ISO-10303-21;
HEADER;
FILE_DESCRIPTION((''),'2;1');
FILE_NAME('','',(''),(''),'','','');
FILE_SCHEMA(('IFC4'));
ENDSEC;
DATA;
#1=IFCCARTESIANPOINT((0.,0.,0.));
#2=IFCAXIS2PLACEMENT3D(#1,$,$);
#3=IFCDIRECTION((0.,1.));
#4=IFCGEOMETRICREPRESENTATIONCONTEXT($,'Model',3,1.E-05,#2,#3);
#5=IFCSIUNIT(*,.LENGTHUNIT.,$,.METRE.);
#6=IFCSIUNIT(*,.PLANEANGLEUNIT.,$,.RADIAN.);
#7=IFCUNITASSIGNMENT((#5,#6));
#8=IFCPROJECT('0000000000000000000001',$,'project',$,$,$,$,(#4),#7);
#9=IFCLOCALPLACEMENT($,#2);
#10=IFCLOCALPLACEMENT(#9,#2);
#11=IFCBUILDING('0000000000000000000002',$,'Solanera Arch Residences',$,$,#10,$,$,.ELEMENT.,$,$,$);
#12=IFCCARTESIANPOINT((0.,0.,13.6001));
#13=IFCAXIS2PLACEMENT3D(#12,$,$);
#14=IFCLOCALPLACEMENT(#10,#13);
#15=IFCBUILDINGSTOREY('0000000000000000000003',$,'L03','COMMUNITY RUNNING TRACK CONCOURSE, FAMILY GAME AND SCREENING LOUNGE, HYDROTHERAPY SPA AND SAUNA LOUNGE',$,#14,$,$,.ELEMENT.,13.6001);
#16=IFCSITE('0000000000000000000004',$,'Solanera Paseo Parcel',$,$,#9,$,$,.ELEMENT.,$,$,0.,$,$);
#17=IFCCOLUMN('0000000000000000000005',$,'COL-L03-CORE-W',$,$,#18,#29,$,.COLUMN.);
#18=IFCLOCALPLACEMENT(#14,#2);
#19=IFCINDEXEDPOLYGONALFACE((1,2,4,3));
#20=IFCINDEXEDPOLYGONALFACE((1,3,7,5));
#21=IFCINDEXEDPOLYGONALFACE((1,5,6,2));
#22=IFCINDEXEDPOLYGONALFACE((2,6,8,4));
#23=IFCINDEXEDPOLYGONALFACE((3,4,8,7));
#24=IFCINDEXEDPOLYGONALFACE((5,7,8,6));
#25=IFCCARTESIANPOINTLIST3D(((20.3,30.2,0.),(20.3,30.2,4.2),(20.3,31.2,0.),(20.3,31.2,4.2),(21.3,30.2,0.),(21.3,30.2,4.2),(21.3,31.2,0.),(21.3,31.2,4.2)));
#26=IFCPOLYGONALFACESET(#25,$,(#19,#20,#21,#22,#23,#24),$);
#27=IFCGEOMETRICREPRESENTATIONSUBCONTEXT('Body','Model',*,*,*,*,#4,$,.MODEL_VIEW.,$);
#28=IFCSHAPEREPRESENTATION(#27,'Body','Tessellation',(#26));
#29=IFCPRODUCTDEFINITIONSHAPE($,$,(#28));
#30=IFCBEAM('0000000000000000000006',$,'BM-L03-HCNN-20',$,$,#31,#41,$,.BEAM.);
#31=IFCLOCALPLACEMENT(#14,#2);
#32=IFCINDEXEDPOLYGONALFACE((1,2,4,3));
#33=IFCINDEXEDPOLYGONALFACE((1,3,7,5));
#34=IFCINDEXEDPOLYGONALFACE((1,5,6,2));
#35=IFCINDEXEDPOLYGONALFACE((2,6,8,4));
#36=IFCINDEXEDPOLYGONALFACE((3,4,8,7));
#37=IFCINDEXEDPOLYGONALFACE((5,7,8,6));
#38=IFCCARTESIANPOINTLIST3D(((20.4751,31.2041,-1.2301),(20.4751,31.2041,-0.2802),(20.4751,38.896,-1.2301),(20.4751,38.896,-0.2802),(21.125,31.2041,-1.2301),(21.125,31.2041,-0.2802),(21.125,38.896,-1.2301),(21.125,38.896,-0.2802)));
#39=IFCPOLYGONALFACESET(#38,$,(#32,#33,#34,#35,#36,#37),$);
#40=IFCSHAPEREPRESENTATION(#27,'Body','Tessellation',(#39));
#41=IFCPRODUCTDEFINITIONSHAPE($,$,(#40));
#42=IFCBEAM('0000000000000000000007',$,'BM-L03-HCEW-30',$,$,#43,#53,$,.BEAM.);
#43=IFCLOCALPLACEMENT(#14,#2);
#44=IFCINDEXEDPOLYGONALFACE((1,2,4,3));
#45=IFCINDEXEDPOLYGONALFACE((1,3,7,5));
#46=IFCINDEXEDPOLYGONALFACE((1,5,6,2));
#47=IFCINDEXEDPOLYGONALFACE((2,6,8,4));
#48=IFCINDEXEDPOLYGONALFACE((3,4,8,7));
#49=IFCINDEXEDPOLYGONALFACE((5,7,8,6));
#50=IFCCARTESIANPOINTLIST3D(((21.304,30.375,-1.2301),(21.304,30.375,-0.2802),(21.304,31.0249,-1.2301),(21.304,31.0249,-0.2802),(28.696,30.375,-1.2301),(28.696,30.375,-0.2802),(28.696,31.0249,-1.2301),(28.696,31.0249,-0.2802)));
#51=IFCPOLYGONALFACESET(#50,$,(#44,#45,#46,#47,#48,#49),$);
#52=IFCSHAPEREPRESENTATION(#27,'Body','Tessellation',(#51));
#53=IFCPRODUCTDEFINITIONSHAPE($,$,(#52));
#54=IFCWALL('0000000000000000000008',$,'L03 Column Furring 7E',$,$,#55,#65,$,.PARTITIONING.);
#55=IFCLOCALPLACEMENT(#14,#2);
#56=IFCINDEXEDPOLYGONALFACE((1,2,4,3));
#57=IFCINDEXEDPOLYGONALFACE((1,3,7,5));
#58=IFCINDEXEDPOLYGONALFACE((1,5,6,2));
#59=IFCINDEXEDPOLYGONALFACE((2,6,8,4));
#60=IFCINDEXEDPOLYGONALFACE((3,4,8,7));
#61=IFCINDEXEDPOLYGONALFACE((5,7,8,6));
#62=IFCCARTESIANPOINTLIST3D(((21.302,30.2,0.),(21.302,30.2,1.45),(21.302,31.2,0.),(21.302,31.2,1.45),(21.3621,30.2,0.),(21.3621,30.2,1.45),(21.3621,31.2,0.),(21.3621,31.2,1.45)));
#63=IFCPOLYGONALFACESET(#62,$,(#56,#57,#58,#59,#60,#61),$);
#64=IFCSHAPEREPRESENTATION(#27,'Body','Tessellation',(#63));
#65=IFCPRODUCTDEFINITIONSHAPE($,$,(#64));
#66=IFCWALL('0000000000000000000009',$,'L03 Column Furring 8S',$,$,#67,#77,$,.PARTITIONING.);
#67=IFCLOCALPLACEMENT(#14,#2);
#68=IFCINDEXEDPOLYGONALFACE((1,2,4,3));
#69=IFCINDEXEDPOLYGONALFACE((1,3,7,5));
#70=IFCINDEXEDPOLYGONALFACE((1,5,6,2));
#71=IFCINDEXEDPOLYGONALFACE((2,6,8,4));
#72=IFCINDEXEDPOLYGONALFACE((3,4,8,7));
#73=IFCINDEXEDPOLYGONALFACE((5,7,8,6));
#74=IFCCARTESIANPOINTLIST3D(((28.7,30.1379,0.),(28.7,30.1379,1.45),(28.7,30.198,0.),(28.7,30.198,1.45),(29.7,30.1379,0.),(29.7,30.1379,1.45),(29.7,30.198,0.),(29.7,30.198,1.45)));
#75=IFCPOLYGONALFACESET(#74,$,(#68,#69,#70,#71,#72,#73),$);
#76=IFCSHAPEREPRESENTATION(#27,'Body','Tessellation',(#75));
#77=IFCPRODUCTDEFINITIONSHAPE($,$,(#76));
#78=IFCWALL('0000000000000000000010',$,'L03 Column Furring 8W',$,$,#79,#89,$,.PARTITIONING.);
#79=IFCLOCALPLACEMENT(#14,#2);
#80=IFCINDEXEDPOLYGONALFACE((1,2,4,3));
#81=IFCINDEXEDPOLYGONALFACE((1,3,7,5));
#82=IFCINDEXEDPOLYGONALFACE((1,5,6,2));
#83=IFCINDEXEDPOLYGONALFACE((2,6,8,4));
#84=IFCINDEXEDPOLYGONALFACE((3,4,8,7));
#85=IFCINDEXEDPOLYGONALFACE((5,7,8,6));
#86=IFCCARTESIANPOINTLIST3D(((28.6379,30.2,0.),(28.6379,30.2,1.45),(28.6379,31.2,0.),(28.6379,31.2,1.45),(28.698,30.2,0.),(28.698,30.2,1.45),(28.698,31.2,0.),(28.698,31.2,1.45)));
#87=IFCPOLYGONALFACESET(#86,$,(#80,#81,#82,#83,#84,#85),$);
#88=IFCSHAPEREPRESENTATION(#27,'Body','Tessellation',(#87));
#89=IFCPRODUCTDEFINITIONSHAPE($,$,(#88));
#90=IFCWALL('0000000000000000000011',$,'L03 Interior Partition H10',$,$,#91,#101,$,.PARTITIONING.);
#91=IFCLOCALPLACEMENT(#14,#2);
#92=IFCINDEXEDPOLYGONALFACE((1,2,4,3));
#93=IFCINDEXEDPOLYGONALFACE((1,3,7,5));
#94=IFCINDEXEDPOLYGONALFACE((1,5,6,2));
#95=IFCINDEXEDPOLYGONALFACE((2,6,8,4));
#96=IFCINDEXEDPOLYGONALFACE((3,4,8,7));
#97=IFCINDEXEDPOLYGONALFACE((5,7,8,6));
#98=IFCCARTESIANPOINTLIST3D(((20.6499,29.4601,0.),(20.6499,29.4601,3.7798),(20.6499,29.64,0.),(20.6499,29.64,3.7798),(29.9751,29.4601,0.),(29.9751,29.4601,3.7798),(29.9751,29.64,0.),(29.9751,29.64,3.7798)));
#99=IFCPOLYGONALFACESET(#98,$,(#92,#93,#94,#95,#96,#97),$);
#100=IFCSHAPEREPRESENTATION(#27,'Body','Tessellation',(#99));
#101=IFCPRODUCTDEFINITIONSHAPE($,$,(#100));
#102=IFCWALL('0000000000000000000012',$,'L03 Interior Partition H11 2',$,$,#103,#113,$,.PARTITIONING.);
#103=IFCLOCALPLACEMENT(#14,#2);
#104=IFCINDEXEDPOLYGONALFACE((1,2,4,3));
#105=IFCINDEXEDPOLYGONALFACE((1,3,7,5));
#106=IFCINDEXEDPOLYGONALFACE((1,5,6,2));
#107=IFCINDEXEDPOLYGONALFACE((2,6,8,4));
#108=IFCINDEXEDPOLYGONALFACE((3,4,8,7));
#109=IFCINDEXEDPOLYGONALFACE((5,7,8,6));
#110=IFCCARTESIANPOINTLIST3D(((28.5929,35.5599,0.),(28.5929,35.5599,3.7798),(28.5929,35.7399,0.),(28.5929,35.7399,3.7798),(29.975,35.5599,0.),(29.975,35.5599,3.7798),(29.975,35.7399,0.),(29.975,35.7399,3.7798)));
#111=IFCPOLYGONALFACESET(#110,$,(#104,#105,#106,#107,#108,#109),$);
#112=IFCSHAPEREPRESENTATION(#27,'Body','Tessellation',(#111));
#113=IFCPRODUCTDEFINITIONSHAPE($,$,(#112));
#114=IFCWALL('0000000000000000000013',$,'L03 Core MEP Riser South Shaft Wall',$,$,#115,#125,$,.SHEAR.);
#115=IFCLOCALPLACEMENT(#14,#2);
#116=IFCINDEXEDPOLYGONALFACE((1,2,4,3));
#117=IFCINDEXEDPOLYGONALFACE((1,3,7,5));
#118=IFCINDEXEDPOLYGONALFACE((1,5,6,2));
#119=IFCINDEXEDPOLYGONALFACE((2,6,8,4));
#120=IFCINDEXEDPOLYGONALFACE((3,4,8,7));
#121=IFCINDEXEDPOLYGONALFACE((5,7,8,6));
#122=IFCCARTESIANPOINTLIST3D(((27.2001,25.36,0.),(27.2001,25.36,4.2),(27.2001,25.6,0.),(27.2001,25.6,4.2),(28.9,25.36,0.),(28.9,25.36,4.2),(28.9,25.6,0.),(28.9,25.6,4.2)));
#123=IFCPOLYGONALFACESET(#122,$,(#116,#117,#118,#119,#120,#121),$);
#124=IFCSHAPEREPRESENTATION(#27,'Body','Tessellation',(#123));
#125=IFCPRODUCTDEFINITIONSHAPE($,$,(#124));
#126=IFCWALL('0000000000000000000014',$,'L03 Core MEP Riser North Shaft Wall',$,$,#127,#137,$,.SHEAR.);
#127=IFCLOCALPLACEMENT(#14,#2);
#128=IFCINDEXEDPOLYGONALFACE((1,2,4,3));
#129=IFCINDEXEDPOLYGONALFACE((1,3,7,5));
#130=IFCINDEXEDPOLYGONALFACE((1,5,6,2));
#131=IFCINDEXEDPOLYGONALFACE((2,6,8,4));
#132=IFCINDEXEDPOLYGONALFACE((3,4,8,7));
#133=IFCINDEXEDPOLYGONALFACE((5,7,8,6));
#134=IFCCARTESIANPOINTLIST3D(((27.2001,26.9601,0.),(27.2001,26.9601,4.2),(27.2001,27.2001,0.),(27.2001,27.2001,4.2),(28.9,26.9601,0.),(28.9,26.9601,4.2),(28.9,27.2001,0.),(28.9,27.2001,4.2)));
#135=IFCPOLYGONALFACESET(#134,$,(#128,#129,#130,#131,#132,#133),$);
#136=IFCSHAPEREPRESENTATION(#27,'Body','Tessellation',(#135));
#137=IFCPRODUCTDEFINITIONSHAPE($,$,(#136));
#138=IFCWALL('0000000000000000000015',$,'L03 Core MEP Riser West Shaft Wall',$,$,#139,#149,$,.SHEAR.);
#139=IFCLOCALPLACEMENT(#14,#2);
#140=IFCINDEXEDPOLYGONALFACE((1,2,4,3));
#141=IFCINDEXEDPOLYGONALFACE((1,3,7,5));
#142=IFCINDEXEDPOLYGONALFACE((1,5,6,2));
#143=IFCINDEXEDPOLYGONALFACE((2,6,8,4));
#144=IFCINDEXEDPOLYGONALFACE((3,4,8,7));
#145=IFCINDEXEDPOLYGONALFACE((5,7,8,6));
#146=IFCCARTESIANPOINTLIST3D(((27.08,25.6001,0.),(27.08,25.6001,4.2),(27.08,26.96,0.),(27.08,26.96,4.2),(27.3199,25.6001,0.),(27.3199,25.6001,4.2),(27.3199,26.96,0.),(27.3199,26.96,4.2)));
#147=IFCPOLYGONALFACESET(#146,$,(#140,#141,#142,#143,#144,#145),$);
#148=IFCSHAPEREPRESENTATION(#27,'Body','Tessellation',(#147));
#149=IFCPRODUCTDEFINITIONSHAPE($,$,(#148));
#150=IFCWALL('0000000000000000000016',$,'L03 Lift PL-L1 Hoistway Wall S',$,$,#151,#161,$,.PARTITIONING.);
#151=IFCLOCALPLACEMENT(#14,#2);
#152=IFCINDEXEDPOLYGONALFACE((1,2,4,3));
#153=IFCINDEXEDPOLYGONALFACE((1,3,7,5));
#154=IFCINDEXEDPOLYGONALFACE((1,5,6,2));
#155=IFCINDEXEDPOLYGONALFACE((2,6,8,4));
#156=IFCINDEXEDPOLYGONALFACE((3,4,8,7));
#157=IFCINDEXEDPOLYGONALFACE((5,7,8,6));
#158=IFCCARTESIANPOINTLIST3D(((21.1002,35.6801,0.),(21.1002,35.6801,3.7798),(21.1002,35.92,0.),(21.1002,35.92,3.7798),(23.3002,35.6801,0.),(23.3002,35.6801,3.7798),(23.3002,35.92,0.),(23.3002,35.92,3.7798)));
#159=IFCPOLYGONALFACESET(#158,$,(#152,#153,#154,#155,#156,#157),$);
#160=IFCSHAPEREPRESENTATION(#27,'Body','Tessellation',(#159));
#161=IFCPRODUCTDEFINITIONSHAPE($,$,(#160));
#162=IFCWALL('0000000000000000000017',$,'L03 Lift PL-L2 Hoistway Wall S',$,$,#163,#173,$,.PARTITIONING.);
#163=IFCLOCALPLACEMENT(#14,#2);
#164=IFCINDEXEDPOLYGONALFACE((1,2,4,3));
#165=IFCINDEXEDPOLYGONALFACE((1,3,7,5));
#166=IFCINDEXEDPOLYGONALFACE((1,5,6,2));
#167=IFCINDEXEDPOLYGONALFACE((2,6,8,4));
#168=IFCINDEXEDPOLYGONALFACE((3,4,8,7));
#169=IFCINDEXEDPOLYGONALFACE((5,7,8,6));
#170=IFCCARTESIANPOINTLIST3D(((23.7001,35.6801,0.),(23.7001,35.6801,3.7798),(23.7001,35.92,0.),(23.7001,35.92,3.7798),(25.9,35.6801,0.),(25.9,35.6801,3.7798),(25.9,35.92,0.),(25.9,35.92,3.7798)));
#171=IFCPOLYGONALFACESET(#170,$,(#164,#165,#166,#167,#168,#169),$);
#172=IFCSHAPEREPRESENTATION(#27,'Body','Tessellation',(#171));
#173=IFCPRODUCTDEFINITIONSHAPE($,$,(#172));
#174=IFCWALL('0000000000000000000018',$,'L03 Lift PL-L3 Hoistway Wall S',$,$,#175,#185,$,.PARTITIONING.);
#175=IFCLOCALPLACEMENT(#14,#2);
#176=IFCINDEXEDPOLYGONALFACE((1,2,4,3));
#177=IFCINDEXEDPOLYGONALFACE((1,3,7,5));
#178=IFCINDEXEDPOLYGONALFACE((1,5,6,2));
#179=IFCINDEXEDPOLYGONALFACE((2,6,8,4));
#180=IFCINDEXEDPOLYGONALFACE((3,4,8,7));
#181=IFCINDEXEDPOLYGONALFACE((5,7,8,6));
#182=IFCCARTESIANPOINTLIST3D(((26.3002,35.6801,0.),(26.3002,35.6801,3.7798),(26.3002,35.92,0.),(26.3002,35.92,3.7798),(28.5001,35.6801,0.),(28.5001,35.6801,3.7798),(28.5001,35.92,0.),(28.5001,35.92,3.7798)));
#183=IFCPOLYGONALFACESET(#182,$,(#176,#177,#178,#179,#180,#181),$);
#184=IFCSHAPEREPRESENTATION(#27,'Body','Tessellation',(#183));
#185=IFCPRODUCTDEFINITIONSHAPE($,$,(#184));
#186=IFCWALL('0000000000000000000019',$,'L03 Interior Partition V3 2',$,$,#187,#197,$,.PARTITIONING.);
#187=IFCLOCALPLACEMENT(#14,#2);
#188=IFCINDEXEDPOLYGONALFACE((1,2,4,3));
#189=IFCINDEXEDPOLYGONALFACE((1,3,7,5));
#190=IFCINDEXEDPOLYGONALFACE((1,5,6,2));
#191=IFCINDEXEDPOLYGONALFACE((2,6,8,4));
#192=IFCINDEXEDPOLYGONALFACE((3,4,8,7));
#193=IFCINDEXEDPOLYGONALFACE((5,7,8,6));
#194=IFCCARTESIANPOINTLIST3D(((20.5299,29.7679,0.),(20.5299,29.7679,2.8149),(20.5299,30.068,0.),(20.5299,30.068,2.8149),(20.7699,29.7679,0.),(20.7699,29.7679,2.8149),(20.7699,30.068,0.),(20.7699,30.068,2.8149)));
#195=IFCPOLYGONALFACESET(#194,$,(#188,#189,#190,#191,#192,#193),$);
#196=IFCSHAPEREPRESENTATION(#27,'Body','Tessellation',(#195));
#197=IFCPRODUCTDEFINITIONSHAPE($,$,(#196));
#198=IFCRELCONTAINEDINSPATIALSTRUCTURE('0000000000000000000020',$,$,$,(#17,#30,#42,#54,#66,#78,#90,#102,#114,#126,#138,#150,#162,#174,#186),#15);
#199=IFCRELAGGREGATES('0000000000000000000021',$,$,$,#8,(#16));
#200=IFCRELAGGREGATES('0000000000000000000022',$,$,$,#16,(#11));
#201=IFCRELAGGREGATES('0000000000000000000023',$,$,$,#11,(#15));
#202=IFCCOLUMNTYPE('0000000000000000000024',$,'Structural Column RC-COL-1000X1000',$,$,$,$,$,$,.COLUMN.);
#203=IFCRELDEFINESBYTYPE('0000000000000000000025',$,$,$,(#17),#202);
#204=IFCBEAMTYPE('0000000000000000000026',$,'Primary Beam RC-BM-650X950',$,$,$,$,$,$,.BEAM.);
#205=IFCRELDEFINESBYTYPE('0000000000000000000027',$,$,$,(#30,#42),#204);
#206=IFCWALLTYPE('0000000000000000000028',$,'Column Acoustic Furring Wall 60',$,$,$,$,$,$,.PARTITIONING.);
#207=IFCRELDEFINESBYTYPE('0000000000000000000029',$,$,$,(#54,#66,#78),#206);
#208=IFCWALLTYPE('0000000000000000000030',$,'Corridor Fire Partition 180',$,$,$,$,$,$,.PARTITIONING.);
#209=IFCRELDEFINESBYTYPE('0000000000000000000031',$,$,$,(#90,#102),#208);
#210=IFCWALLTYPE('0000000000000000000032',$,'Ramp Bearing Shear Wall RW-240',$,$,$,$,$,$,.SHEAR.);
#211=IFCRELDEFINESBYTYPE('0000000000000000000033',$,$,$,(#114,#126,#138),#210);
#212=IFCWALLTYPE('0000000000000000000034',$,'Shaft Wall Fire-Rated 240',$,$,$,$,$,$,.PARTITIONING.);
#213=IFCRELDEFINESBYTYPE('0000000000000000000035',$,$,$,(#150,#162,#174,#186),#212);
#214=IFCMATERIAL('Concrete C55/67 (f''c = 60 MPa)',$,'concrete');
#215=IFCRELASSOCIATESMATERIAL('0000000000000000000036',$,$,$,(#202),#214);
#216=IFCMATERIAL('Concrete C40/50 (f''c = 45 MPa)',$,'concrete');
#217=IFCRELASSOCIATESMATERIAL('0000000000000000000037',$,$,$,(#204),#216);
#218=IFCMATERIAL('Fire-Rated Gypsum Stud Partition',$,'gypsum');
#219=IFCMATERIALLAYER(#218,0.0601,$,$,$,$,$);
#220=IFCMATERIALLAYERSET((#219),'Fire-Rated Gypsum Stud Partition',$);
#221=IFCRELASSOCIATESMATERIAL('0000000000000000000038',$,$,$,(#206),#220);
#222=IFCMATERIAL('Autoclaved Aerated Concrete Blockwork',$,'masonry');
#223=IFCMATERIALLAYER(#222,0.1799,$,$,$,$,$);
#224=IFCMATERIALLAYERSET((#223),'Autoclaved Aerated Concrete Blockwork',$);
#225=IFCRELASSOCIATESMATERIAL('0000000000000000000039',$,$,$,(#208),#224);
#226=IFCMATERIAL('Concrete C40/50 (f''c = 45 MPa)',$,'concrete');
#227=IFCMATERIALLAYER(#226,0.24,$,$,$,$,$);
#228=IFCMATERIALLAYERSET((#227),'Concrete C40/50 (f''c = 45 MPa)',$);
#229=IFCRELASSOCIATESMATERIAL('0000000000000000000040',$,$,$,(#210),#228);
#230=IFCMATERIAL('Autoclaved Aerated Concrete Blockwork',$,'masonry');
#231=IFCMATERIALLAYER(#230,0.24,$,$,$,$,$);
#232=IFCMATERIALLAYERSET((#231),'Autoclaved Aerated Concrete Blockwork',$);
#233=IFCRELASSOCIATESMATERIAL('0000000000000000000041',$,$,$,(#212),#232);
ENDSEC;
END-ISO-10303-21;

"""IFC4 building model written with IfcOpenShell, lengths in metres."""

from ifc_helpers import new_model, si_unit, direction, frame, frame_2d, origin, origin_2d, place, context, subcontext, project, spatial, rectangle, extrude, material, layer, layer_set, material_profile, profile_set, type_object, element, save


model = new_model("IFC4")

# Units and contexts
model_context = context("Model", 3, precision=1e-05, world=origin(), true_north=direction((0.0, 1.0)))
body_context = subcontext(model_context, "Body", "Model", "MODEL_VIEW")
ifc_project = project(units=[si_unit("LENGTHUNIT", "METRE"), si_unit("PLANEANGLEUNIT", "RADIAN")], contexts=[model_context])

# Site, building, storey
site_placement = place(None, origin())
site = spatial("IfcSite", under=ifc_project, at=site_placement, Name="Solanera Paseo Parcel", CompositionType="ELEMENT", RefElevation=0.0)
building_placement = place(site_placement, origin())
building = spatial("IfcBuilding", under=site, at=building_placement, Name="Solanera Arch Residences", CompositionType="ELEMENT")
storey_placement = place(building_placement, frame((0.0, 0.0, 13.6001)))
storey = spatial("IfcBuildingStorey", under=building, at=storey_placement, Name="L03", Description="COMMUNITY RUNNING TRACK CONCOURSE, FAMILY GAME AND SCREENING LOUNGE, HYDROTHERAPY SPA AND SAUNA LOUNGE", CompositionType="ELEMENT", Elevation=13.6001)

# Column
ifc_material_1 = material(Name="Concrete C55/67 (f'c = 60 MPa)", Category="concrete")
ifc_material_profile_1 = material_profile(ifc_material_1, rectangle(XDim=1.0, YDim=1.0, at=origin_2d()))
ifc_profile_set_1 = profile_set([ifc_material_profile_1], Name="Concrete C55/67 (f'c = 60 MPa)")
column_type = type_object("IfcColumnType", Name="Structural Column RC-COL-1000X1000", PredefinedType="COLUMN", material=ifc_profile_set_1)
column_placement = place(storey_placement, frame((20.8, 30.7, 0.0), z_axis=(0.0, 0.0, 1.0), x_axis=(1.0, 0.0, 0.0)))
element("IfcColumn", 1, at=column_placement, inside=storey, type_object=column_type, Name="COL-L03-CORE-W", PredefinedType="COLUMN", context=body_context, shape_type="SweptSolid", body=[
    extrude(rectangle(XDim=1.0, YDim=1.0, at=origin_2d()), origin(), (0.0, 0.0, 1.0), 4.2),
])

# Beams
ifc_material_2 = material(Name="Concrete C40/50 (f'c = 45 MPa)", Category="concrete")
ifc_material_profile_2 = material_profile(ifc_material_2, rectangle(XDim=0.6499, YDim=0.95, at=origin_2d()))
ifc_profile_set_2 = profile_set([ifc_material_profile_2], Name="Concrete C40/50 (f'c = 45 MPa)")
beam_type = type_object("IfcBeamType", Name="Primary Beam RC-BM-650X950", PredefinedType="BEAM", material=ifc_profile_set_2)
beam_1_placement = place(storey_placement, frame((20.8, 31.2041, -0.7551), z_axis=(0.0, 1.0, 0.0), x_axis=(-1.0, 0.0, 0.0)))
element("IfcBeam", 2, at=beam_1_placement, inside=storey, type_object=beam_type, Name="BM-L03-HCNN-20", PredefinedType="BEAM", context=body_context, shape_type="SweptSolid", body=[
    extrude(rectangle(XDim=0.6499, YDim=0.95, at=origin_2d()), origin(), (0.0, 0.0, 1.0), 7.6919),
])
beam_2_placement = place(storey_placement, frame((21.304, 30.7, -0.7551), z_axis=(1.0, 0.0, 0.0), x_axis=(0.0, 1.0, 0.0)))
element("IfcBeam", 3, at=beam_2_placement, inside=storey, type_object=beam_type, Name="BM-L03-HCEW-30", PredefinedType="BEAM", context=body_context, shape_type="SweptSolid", body=[
    extrude(rectangle(XDim=0.6499, YDim=0.95, at=origin_2d()), origin(), (0.0, 0.0, 1.0), 7.3921),
])

# Walls
ifc_material_3 = material(Name="Fire-Rated Gypsum Stud Partition", Category="gypsum")
ifc_layer_1 = layer(ifc_material_3, 0.0601)
ifc_layer_set_1 = layer_set([ifc_layer_1], Name="Fire-Rated Gypsum Stud Partition")
wall_type_1 = type_object("IfcWallType", Name="Column Acoustic Furring Wall 60", PredefinedType="PARTITIONING", material=ifc_layer_set_1)
for number, where, z_axis, x_axis, name in (
    (4, (21.332, 30.2, 0.0), (0.0, 0.0, 1.0), (0.0, 1.0, 0.0), "L03 Column Furring 7E"),
    (5, (28.7, 30.168, 0.0), (0.0, 0.0, 1.0), (1.0, 0.0, 0.0), "L03 Column Furring 8S"),
    (6, (28.668, 30.2, 0.0), (0.0, 0.0, 1.0), (0.0, 1.0, 0.0), "L03 Column Furring 8W"),
):
    element("IfcWall", number, at=place(storey_placement, frame(where, z_axis=z_axis, x_axis=x_axis)), inside=storey, type_object=wall_type_1, Name=name, PredefinedType="PARTITIONING", context=body_context, shape_type="SweptSolid", body=[
        extrude(rectangle(XDim=1.0, YDim=0.0601, at=frame_2d((0.5, 0.0))), origin(), (0.0, 0.0, 1.0), 1.45),
    ])
ifc_material_4 = material(Name="Autoclaved Aerated Concrete Blockwork", Category="masonry")
ifc_layer_2 = layer(ifc_material_4, 0.1799)
ifc_layer_set_2 = layer_set([ifc_layer_2], Name="Autoclaved Aerated Concrete Blockwork")
wall_type_2 = type_object("IfcWallType", Name="Corridor Fire Partition 180", PredefinedType="PARTITIONING", material=ifc_layer_set_2)
wall_1_placement = place(storey_placement, frame((20.6499, 29.55, 0.0), z_axis=(0.0, 0.0, 1.0), x_axis=(1.0, 0.0, 0.0)))
element("IfcWall", 7, at=wall_1_placement, inside=storey, type_object=wall_type_2, Name="L03 Interior Partition H10", PredefinedType="PARTITIONING", context=body_context, shape_type="SweptSolid", body=[
    extrude(rectangle(XDim=9.3252, YDim=0.1799, at=frame_2d((4.6626, 0.0))), origin(), (0.0, 0.0, 1.0), 3.7798),
])
wall_2_placement = place(storey_placement, frame((28.593, 35.6499, 0.0), z_axis=(0.0, 0.0, 1.0), x_axis=(1.0, 0.0, 0.0)))
element("IfcWall", 8, at=wall_2_placement, inside=storey, type_object=wall_type_2, Name="L03 Interior Partition H11 2", PredefinedType="PARTITIONING", context=body_context, shape_type="SweptSolid", body=[
    extrude(rectangle(XDim=1.3821, YDim=0.1799, at=frame_2d((0.6909, 0.0))), origin(), (0.0, 0.0, 1.0), 3.7798),
])
ifc_material_5 = material(Name="Concrete C40/50 (f'c = 45 MPa)", Category="concrete")
ifc_layer_3 = layer(ifc_material_5, 0.24)
ifc_layer_set_3 = layer_set([ifc_layer_3], Name="Concrete C40/50 (f'c = 45 MPa)")
wall_type_3 = type_object("IfcWallType", Name="Ramp Bearing Shear Wall RW-240", PredefinedType="SHEAR", material=ifc_layer_set_3)
for number, where, z_axis, x_axis, name in (
    (9, (27.2, 25.48, 0.0), (0.0, 0.0, 1.0), (1.0, 0.0, 0.0), "L03 Core MEP Riser South Shaft Wall"),
    (10, (27.2, 27.0801, 0.0), (0.0, 0.0, 1.0), (1.0, 0.0, 0.0), "L03 Core MEP Riser North Shaft Wall"),
):
    element("IfcWall", number, at=place(storey_placement, frame(where, z_axis=z_axis, x_axis=x_axis)), inside=storey, type_object=wall_type_3, Name=name, PredefinedType="SHEAR", context=body_context, shape_type="SweptSolid", body=[
        extrude(rectangle(XDim=1.7, YDim=0.24, at=frame_2d((0.8501, 0.0))), origin(), (0.0, 0.0, 1.0), 4.2),
    ])
wall_3_placement = place(storey_placement, frame((27.2, 25.6001, 0.0), z_axis=(0.0, 0.0, 1.0), x_axis=(0.0, 1.0, 0.0)))
element("IfcWall", 11, at=wall_3_placement, inside=storey, type_object=wall_type_3, Name="L03 Core MEP Riser West Shaft Wall", PredefinedType="SHEAR", context=body_context, shape_type="SweptSolid", body=[
    extrude(rectangle(XDim=1.3599, YDim=0.24, at=frame_2d((0.6799, 0.0))), origin(), (0.0, 0.0, 1.0), 4.2),
])
ifc_material_6 = material(Name="Autoclaved Aerated Concrete Blockwork", Category="masonry")
ifc_layer_4 = layer(ifc_material_6, 0.24)
ifc_layer_set_4 = layer_set([ifc_layer_4], Name="Autoclaved Aerated Concrete Blockwork")
wall_type_4 = type_object("IfcWallType", Name="Shaft Wall Fire-Rated 240", PredefinedType="PARTITIONING", material=ifc_layer_set_4)
for number, where, z_axis, x_axis, name in (
    (12, (21.1001, 35.8, 0.0), (0.0, 0.0, 1.0), (1.0, 0.0, 0.0), "L03 Lift PL-L1 Hoistway Wall S"),
    (13, (23.7, 35.8, 0.0), (0.0, 0.0, 1.0), (1.0, 0.0, 0.0), "L03 Lift PL-L2 Hoistway Wall S"),
    (14, (26.3, 35.8, 0.0), (0.0, 0.0, 1.0), (1.0, 0.0, 0.0), "L03 Lift PL-L3 Hoistway Wall S"),
):
    element("IfcWall", number, at=place(storey_placement, frame(where, z_axis=z_axis, x_axis=x_axis)), inside=storey, type_object=wall_type_4, Name=name, PredefinedType="PARTITIONING", context=body_context, shape_type="SweptSolid", body=[
        extrude(rectangle(XDim=2.2, YDim=0.24, at=frame_2d((1.1001, 0.0))), origin(), (0.0, 0.0, 1.0), 3.7798),
    ])
wall_4_placement = place(storey_placement, frame((20.6499, 29.7681, 0.0), z_axis=(0.0, 0.0, 1.0), x_axis=(0.0, 1.0, 0.0)))
element("IfcWall", 15, at=wall_4_placement, inside=storey, type_object=wall_type_4, Name="L03 Interior Partition V3 2", PredefinedType="PARTITIONING", context=body_context, shape_type="SweptSolid", body=[
    extrude(rectangle(XDim=0.3, YDim=0.24, at=frame_2d((0.1499, 0.0))), origin(), (0.0, 0.0, 1.0), 2.8149),
])

save(model, "model.ifc")
